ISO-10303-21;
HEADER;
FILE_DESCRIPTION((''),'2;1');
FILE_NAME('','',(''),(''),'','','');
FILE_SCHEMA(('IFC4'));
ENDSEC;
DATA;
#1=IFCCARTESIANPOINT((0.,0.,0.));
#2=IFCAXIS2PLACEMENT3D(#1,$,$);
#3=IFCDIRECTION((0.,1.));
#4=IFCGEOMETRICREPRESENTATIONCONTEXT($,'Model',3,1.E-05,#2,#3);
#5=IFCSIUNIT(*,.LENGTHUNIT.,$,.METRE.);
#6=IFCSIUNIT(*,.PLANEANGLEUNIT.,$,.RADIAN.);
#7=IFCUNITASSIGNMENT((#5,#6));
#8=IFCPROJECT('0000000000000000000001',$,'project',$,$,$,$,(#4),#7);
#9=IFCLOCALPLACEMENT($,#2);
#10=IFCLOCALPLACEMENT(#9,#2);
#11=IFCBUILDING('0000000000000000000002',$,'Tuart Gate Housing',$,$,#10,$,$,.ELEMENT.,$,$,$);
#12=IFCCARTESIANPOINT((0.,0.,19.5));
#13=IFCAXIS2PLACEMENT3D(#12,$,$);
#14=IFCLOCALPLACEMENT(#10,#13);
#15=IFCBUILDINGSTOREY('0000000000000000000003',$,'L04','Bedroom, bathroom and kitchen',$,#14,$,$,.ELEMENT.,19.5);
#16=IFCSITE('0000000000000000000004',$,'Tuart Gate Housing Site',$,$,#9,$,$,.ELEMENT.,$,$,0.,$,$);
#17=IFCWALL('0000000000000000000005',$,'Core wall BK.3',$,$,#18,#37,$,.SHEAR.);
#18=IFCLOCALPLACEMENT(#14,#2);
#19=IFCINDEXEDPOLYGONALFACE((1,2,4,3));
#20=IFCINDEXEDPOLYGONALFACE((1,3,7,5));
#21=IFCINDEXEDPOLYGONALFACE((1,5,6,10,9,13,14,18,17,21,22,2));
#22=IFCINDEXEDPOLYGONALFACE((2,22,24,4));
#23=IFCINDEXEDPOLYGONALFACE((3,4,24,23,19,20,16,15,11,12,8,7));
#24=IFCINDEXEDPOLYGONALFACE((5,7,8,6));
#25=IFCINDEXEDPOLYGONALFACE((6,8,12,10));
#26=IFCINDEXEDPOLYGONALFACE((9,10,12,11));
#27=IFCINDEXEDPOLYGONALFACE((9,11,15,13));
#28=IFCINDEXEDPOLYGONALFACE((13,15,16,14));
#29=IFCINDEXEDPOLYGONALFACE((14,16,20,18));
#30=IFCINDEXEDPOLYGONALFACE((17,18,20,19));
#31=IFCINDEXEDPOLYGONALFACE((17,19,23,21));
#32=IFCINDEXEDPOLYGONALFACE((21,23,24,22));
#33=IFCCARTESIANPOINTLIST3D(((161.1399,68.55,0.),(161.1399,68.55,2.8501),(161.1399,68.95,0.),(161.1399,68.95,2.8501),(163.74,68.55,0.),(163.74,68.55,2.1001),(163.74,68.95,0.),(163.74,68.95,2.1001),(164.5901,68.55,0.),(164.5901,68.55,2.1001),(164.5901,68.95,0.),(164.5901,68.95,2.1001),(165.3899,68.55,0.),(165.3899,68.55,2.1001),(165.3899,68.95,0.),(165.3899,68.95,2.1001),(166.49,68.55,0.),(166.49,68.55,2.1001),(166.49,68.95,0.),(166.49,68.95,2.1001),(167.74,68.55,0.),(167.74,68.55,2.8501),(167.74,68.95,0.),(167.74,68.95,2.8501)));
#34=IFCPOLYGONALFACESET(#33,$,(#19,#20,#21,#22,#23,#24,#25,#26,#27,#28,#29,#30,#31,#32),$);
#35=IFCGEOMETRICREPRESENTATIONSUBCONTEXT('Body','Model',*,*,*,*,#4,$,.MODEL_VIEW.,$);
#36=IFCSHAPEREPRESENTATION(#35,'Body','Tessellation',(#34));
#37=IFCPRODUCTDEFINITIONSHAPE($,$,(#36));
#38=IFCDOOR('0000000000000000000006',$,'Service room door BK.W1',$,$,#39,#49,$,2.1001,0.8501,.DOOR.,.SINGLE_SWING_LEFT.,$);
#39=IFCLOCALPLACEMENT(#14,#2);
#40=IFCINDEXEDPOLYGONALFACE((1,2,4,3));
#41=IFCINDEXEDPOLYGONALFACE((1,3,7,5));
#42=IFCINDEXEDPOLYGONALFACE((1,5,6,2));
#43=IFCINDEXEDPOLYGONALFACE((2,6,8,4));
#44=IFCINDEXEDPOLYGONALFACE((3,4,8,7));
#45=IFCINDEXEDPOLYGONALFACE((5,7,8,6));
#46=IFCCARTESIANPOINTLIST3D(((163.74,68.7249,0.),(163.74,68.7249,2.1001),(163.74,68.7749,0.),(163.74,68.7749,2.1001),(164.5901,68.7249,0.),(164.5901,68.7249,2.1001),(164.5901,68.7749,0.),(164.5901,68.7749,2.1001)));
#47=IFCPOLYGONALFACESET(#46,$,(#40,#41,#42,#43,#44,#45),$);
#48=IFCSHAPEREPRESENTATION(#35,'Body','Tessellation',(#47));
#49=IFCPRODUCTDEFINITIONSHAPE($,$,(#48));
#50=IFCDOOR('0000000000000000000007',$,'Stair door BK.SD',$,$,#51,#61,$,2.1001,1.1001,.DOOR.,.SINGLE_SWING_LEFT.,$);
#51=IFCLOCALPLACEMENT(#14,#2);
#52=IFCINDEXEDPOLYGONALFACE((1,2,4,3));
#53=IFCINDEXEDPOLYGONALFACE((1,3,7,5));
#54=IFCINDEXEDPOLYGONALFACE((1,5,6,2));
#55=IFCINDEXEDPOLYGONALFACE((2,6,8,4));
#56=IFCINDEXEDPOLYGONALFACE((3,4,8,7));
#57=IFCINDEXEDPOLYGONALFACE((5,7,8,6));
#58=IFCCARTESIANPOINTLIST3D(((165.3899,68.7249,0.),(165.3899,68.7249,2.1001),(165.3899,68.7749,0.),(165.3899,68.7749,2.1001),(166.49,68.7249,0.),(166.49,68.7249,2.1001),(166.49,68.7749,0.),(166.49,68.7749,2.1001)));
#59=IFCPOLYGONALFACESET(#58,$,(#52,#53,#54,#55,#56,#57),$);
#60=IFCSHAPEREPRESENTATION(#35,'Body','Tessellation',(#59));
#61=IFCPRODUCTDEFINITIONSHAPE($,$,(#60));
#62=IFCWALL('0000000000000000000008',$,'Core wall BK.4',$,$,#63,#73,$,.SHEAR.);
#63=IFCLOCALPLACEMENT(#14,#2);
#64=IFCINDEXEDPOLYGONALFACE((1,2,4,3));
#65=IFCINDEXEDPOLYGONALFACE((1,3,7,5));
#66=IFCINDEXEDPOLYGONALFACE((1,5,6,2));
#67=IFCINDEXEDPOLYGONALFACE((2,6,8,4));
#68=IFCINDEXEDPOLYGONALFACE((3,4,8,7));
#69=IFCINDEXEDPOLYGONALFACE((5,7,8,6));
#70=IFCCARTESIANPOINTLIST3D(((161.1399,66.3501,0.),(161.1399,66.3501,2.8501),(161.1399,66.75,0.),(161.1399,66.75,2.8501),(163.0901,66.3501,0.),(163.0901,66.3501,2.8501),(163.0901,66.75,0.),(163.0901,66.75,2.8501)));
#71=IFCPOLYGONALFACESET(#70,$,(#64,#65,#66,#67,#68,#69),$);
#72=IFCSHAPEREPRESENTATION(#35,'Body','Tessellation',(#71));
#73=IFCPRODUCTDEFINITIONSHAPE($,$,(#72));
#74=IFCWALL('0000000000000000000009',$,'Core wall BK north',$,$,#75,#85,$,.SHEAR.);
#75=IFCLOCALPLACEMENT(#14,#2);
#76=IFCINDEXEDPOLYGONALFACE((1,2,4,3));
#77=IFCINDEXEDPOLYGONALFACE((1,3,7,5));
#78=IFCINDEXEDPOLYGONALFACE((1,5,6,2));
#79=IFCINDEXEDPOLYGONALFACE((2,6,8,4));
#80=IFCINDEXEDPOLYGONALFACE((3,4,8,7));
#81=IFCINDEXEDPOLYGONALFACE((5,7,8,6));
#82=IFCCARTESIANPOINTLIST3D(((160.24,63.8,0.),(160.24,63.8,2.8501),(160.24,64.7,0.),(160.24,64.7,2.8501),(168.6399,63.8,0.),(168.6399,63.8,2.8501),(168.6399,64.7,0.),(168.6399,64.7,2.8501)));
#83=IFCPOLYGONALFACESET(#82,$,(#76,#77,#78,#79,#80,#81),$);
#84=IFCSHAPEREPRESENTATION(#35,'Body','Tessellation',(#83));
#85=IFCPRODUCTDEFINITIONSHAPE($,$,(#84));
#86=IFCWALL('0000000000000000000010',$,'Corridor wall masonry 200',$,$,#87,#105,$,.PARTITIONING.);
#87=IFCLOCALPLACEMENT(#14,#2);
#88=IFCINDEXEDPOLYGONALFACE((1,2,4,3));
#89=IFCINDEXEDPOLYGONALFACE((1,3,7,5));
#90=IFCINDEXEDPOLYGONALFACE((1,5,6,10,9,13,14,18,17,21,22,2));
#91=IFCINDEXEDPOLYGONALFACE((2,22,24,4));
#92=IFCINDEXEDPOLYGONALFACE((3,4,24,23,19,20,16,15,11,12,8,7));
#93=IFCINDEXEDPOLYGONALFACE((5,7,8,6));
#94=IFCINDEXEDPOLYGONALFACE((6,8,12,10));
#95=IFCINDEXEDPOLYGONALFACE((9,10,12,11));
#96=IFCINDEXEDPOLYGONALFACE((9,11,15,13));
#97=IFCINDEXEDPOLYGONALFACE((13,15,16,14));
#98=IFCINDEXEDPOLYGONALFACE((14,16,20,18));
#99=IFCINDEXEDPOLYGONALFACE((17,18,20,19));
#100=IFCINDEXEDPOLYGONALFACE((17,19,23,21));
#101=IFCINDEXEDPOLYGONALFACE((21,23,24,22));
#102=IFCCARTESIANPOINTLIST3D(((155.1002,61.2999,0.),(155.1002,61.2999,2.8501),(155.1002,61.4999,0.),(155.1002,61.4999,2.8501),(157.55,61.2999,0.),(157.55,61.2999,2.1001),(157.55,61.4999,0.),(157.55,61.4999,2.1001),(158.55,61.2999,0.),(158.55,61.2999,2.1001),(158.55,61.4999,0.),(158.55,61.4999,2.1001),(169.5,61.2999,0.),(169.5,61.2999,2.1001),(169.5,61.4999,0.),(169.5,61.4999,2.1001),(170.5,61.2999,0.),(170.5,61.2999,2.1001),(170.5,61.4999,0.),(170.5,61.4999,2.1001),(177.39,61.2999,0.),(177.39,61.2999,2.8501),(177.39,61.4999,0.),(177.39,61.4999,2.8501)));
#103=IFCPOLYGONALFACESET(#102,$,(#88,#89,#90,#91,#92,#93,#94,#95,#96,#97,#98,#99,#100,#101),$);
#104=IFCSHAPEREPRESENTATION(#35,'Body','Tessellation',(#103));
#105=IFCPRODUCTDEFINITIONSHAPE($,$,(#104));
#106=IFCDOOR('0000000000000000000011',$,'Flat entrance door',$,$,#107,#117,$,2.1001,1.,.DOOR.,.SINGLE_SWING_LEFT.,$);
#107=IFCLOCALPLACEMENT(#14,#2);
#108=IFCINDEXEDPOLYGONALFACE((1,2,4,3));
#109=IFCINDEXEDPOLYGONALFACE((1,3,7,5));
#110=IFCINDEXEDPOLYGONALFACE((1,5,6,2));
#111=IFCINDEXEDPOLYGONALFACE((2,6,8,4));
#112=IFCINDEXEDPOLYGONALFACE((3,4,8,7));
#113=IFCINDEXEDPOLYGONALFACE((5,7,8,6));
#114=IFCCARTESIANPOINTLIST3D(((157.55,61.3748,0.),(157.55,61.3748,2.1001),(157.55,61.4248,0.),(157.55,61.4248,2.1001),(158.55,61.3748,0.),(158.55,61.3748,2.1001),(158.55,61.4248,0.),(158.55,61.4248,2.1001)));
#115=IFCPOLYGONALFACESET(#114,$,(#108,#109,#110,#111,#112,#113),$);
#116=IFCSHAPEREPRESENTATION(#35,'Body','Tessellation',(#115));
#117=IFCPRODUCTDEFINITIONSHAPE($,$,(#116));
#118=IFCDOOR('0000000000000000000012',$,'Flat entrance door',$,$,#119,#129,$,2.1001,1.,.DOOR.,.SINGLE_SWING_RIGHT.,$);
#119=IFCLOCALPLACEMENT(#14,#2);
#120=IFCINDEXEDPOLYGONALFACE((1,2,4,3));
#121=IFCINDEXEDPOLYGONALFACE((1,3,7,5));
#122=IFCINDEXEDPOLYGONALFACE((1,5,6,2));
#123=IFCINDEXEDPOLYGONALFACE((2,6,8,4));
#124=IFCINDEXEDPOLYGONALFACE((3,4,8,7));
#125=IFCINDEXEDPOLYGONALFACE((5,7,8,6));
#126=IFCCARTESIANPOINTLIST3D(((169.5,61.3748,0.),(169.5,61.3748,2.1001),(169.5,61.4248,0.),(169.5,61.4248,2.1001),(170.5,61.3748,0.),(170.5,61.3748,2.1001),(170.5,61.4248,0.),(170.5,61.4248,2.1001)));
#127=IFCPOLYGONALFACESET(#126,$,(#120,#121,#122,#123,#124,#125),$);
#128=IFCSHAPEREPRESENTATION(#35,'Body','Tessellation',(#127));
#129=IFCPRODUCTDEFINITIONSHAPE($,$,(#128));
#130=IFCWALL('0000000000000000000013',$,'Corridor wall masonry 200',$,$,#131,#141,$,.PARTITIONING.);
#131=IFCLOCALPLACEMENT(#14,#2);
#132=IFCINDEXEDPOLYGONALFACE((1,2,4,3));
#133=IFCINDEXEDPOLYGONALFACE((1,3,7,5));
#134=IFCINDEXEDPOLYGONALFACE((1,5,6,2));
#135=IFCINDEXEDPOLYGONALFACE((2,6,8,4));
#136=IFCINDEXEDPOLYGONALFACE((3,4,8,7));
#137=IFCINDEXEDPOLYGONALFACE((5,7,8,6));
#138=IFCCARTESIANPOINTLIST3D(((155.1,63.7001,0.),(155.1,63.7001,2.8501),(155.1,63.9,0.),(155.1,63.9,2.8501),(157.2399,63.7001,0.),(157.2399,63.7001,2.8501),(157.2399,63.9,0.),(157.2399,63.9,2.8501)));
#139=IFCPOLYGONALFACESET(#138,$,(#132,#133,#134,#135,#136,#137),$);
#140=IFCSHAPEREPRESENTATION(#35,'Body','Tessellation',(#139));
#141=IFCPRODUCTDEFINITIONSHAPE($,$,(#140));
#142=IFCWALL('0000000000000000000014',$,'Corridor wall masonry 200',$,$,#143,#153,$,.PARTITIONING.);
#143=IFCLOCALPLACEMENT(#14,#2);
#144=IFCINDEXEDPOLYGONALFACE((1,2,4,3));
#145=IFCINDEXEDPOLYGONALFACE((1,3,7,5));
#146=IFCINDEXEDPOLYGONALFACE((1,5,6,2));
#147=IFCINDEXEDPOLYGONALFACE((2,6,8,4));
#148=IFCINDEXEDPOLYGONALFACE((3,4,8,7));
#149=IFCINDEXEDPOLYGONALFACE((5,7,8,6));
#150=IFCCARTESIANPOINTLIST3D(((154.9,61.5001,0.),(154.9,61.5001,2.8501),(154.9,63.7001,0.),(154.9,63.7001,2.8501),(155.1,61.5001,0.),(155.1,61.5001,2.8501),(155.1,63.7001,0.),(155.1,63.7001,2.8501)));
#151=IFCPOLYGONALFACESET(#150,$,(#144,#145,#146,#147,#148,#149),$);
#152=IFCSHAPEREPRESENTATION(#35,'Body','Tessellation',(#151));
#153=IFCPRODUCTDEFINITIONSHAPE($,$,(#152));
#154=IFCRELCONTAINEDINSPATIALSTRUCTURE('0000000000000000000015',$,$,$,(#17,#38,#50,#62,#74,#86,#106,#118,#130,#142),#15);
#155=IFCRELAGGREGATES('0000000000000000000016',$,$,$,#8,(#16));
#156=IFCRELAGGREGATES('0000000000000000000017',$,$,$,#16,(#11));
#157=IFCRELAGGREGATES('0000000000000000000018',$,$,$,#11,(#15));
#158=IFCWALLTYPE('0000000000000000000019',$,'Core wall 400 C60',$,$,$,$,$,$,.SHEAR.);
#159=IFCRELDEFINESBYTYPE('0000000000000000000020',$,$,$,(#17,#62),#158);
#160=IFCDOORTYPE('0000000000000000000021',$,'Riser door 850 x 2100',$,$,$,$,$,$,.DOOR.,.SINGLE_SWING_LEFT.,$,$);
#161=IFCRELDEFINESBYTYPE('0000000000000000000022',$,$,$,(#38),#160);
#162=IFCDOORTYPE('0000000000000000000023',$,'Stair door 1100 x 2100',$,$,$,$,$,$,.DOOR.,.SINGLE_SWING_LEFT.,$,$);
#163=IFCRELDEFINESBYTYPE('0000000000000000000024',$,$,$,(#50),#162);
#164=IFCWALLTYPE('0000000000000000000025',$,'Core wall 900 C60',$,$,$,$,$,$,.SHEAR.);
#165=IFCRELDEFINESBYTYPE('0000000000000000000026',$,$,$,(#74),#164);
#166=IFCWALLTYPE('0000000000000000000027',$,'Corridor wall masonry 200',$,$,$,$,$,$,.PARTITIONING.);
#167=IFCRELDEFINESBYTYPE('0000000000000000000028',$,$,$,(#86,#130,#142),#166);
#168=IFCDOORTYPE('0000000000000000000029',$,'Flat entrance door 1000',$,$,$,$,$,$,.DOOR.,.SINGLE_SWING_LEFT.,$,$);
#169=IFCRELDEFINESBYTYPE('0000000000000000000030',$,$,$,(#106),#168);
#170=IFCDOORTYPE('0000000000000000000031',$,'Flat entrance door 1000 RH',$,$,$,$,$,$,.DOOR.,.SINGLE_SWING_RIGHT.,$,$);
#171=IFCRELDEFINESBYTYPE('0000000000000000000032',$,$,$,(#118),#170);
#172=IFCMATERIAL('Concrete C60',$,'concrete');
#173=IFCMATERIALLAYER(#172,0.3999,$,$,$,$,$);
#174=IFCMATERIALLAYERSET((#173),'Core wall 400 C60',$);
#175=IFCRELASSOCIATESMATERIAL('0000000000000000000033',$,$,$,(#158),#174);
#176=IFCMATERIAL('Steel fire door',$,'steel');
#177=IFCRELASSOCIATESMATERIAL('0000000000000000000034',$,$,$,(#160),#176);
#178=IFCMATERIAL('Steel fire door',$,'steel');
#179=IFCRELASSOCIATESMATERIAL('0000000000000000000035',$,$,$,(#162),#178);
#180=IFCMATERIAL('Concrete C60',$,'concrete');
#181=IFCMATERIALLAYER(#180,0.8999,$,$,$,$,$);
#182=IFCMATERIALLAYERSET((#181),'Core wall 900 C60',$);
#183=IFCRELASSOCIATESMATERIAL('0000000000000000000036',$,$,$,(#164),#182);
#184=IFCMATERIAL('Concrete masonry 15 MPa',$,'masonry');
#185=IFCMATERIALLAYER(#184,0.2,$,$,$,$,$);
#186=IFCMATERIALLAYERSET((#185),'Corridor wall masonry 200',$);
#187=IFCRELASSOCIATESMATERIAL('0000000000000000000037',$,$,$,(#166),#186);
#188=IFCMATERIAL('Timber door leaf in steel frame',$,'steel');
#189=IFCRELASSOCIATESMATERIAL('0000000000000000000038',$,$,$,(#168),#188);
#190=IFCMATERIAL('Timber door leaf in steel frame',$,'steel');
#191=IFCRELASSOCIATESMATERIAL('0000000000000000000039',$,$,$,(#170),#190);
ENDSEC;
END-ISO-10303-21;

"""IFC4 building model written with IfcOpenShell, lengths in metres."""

from ifc_helpers import new_model, si_unit, direction, frame, frame_2d, origin, place, context, subcontext, project, spatial, rectangle, extrude, material, layer, layer_set, type_object, element, fill, save


model = new_model("IFC4")

# Units and contexts
model_context = context("Model", 3, precision=1e-05, world=origin(), true_north=direction((0.0, 1.0)))
body_context = subcontext(model_context, "Body", "Model", "MODEL_VIEW")
ifc_project = project(units=[si_unit("LENGTHUNIT", "METRE"), si_unit("PLANEANGLEUNIT", "RADIAN")], contexts=[model_context])

# Site, building, storey
site_placement = place(None, origin())
site = spatial("IfcSite", under=ifc_project, at=site_placement, Name="Tuart Gate Housing Site", CompositionType="ELEMENT", RefElevation=0.0)
building_placement = place(site_placement, origin())
building = spatial("IfcBuilding", under=site, at=building_placement, Name="Tuart Gate Housing", CompositionType="ELEMENT")
storey_placement = place(building_placement, frame((0.0, 0.0, 19.5)))
storey = spatial("IfcBuildingStorey", under=building, at=storey_placement, Name="L04", Description="Bedroom, bathroom and kitchen", CompositionType="ELEMENT", Elevation=19.5)

# Wall, openings, doors
ifc_material_1 = material(Name="Concrete C60", Category="concrete")
ifc_layer_1 = layer(ifc_material_1, 0.3999)
ifc_layer_set_1 = layer_set([ifc_layer_1], Name="Core wall 400 C60")
wall_type_1 = type_object("IfcWallType", Name="Core wall 400 C60", PredefinedType="SHEAR", material=ifc_layer_set_1)
wall_1_placement = place(storey_placement, frame((161.1399, 68.75, 0.0), z_axis=(0.0, 0.0, 1.0), x_axis=(1.0, 0.0, 0.0)))
wall_1 = element("IfcWall", 1, at=wall_1_placement, inside=storey, type_object=wall_type_1, Name="Core wall BK.3", PredefinedType="SHEAR", context=body_context, shape_type="SweptSolid", body=[
    extrude(rectangle(XDim=6.6001, YDim=0.3999, at=frame_2d((3.3, 0.0))), origin(), (0.0, 0.0, 1.0), 2.8501),
])
opening_1_placement = place(wall_1_placement, frame((4.25, 0.0, 0.0)))
opening_1 = element("IfcOpeningElement", 2, at=opening_1_placement, cuts=wall_1, PredefinedType="OPENING", context=body_context, shape_type="SweptSolid", body=[
    extrude(rectangle(XDim=1.1001, YDim=2.1001, at=frame_2d((0.55, 1.05))), frame((0.0, 0.21, 0.0), z_axis=(0.0, -1.0, 0.0), x_axis=(1.0, 0.0, 0.0)), (0.0, 0.0, 1.0), 0.4199),
])
opening_2_placement = place(wall_1_placement, frame((2.6001, 0.0, 0.0)))
opening_2 = element("IfcOpeningElement", 3, at=opening_2_placement, cuts=wall_1, PredefinedType="OPENING", context=body_context, shape_type="SweptSolid", body=[
    extrude(rectangle(XDim=0.8501, YDim=2.1001, at=frame_2d((0.425, 1.05))), frame((0.0, 0.21, 0.0), z_axis=(0.0, -1.0, 0.0), x_axis=(1.0, 0.0, 0.0)), (0.0, 0.0, 1.0), 0.4199),
])
ifc_material_2 = material(Name="Steel fire door", Category="steel")
door_type_1 = type_object("IfcDoorType", Name="Riser door 850 x 2100", OperationType="SINGLE_SWING_LEFT", PredefinedType="DOOR", material=ifc_material_2)
door_1_placement = place(opening_2_placement, origin())
door_1 = element("IfcDoor", 4, at=door_1_placement, inside=storey, type_object=door_type_1, Name="Service room door BK.W1", OperationType="SINGLE_SWING_LEFT", OverallHeight=2.1001, OverallWidth=0.8501, PredefinedType="DOOR", context=body_context, shape_type="SweptSolid", body=[
    extrude(rectangle(XDim=0.8501, YDim=2.1001, at=frame_2d((0.425, 1.05))), frame((0.0, 0.0249, 0.0), z_axis=(0.0, -1.0, 0.0), x_axis=(1.0, 0.0, 0.0)), (0.0, 0.0, 1.0), 0.05),
])
fill(opening_2, door_1)
ifc_material_3 = material(Name="Steel fire door", Category="steel")
door_type_2 = type_object("IfcDoorType", Name="Stair door 1100 x 2100", OperationType="SINGLE_SWING_LEFT", PredefinedType="DOOR", material=ifc_material_3)
door_2_placement = place(opening_1_placement, origin())
door_2 = element("IfcDoor", 5, at=door_2_placement, inside=storey, type_object=door_type_2, Name="Stair door BK.SD", OperationType="SINGLE_SWING_LEFT", OverallHeight=2.1001, OverallWidth=1.1001, PredefinedType="DOOR", context=body_context, shape_type="SweptSolid", body=[
    extrude(rectangle(XDim=1.1001, YDim=2.1001, at=frame_2d((0.55, 1.05))), frame((0.0, 0.0249, 0.0), z_axis=(0.0, -1.0, 0.0), x_axis=(1.0, 0.0, 0.0)), (0.0, 0.0, 1.0), 0.05),
])
fill(opening_1, door_2)

# Walls
wall_2_placement = place(storey_placement, frame((161.1399, 66.55, 0.0), z_axis=(0.0, 0.0, 1.0), x_axis=(1.0, 0.0, 0.0)))
element("IfcWall", 6, at=wall_2_placement, inside=storey, type_object=wall_type_1, Name="Core wall BK.4", PredefinedType="SHEAR", context=body_context, shape_type="SweptSolid", body=[
    extrude(rectangle(XDim=1.9502, YDim=0.3999, at=frame_2d((0.9751, 0.0))), origin(), (0.0, 0.0, 1.0), 2.8501),
])
ifc_material_4 = material(Name="Concrete C60", Category="concrete")
ifc_layer_2 = layer(ifc_material_4, 0.8999)
ifc_layer_set_2 = layer_set([ifc_layer_2], Name="Core wall 900 C60")
wall_type_2 = type_object("IfcWallType", Name="Core wall 900 C60", PredefinedType="SHEAR", material=ifc_layer_set_2)
wall_3_placement = place(storey_placement, frame((160.24, 64.25, 0.0), z_axis=(0.0, 0.0, 1.0), x_axis=(1.0, 0.0, 0.0)))
element("IfcWall", 7, at=wall_3_placement, inside=storey, type_object=wall_type_2, Name="Core wall BK north", PredefinedType="SHEAR", context=body_context, shape_type="SweptSolid", body=[
    extrude(rectangle(XDim=8.3999, YDim=0.8999, at=frame_2d((4.2, 0.0))), origin(), (0.0, 0.0, 1.0), 2.8501),
])

# Wall, openings, doors
ifc_material_5 = material(Name="Concrete masonry 15 MPa", Category="masonry")
ifc_layer_3 = layer(ifc_material_5, 0.2)
ifc_layer_set_3 = layer_set([ifc_layer_3], Name="Corridor wall masonry 200")
wall_type_3 = type_object("IfcWallType", Name="Corridor wall masonry 200", PredefinedType="PARTITIONING", material=ifc_layer_set_3)
wall_4_placement = place(storey_placement, frame((155.1001, 61.3999, 0.0), z_axis=(0.0, 0.0, 1.0), x_axis=(1.0, 0.0, 0.0)))
wall_4 = element("IfcWall", 8, at=wall_4_placement, inside=storey, type_object=wall_type_3, Name="Corridor wall masonry 200", PredefinedType="PARTITIONING", context=body_context, shape_type="SweptSolid", body=[
    extrude(rectangle(XDim=22.2898, YDim=0.2, at=frame_2d((11.145, 0.0))), origin(), (0.0, 0.0, 1.0), 2.8501),
])
opening_3_placement = place(wall_4_placement, frame((2.45, 0.0, 0.0)))
opening_3 = element("IfcOpeningElement", 9, at=opening_3_placement, cuts=wall_4, PredefinedType="OPENING", context=body_context, shape_type="SweptSolid", body=[
    extrude(rectangle(XDim=1.0, YDim=2.1001, at=frame_2d((0.5, 1.05))), frame((0.0, 0.1099, 0.0), z_axis=(0.0, -1.0, 0.0), x_axis=(1.0, 0.0, 0.0)), (0.0, 0.0, 1.0), 0.22),
])
opening_4_placement = place(wall_4_placement, frame((14.3999, 0.0, 0.0)))
opening_4 = element("IfcOpeningElement", 10, at=opening_4_placement, cuts=wall_4, PredefinedType="OPENING", context=body_context, shape_type="SweptSolid", body=[
    extrude(rectangle(XDim=1.0, YDim=2.1001, at=frame_2d((0.5, 1.05))), frame((0.0, 0.1099, 0.0), z_axis=(0.0, -1.0, 0.0), x_axis=(1.0, 0.0, 0.0)), (0.0, 0.0, 1.0), 0.22),
])
ifc_material_6 = material(Name="Timber door leaf in steel frame", Category="steel")
door_type_3 = type_object("IfcDoorType", Name="Flat entrance door 1000", OperationType="SINGLE_SWING_LEFT", PredefinedType="DOOR", material=ifc_material_6)
door_3_placement = place(opening_3_placement, frame((1.0, 0.0, 0.0), z_axis=(0.0, 0.0, 1.0), x_axis=(-1.0, 0.0, 0.0)))
door_3 = element("IfcDoor", 11, at=door_3_placement, inside=storey, type_object=door_type_3, Name="Flat entrance door", OperationType="SINGLE_SWING_LEFT", OverallHeight=2.1001, OverallWidth=1.0, PredefinedType="DOOR", context=body_context, shape_type="SweptSolid", body=[
    extrude(rectangle(XDim=1.0, YDim=2.1001, at=frame_2d((0.5, 1.05))), frame((0.0, 0.0251, 0.0), z_axis=(0.0, -1.0, 0.0), x_axis=(1.0, 0.0, 0.0)), (0.0, 0.0, 1.0), 0.05),
])
fill(opening_3, door_3)
ifc_material_7 = material(Name="Timber door leaf in steel frame", Category="steel")
door_type_4 = type_object("IfcDoorType", Name="Flat entrance door 1000 RH", OperationType="SINGLE_SWING_RIGHT", PredefinedType="DOOR", material=ifc_material_7)
door_4_placement = place(opening_4_placement, frame((1.0, 0.0, 0.0), z_axis=(0.0, 0.0, 1.0), x_axis=(-1.0, 0.0, 0.0)))
door_4 = element("IfcDoor", 12, at=door_4_placement, inside=storey, type_object=door_type_4, Name="Flat entrance door", OperationType="SINGLE_SWING_RIGHT", OverallHeight=2.1001, OverallWidth=1.0, PredefinedType="DOOR", context=body_context, shape_type="SweptSolid", body=[
    extrude(rectangle(XDim=1.0, YDim=2.1001, at=frame_2d((0.5, 1.05))), frame((0.0, 0.0251, 0.0), z_axis=(0.0, -1.0, 0.0), x_axis=(1.0, 0.0, 0.0)), (0.0, 0.0, 1.0), 0.05),
])
fill(opening_4, door_4)

# Walls
wall_5_placement = place(storey_placement, frame((155.1001, 63.8, 0.0), z_axis=(0.0, 0.0, 1.0), x_axis=(1.0, 0.0, 0.0)))
element("IfcWall", 13, at=wall_5_placement, inside=storey, type_object=wall_type_3, Name="Corridor wall masonry 200", PredefinedType="PARTITIONING", context=body_context, shape_type="SweptSolid", body=[
    extrude(rectangle(XDim=2.1399, YDim=0.2, at=frame_2d((1.0698, 0.0))), origin(), (0.0, 0.0, 1.0), 2.8501),
])
wall_6_placement = place(storey_placement, frame((155.0, 61.5, 0.0), z_axis=(0.0, 0.0, 1.0), x_axis=(0.0, 1.0, 0.0)))
element("IfcWall", 14, at=wall_6_placement, inside=storey, type_object=wall_type_3, Name="Corridor wall masonry 200", PredefinedType="PARTITIONING", context=body_context, shape_type="SweptSolid", body=[
    extrude(rectangle(XDim=2.2, YDim=0.2, at=frame_2d((1.1001, 0.0))), origin(), (0.0, 0.0, 1.0), 2.8501),
])

save(model, "model.ifc")
